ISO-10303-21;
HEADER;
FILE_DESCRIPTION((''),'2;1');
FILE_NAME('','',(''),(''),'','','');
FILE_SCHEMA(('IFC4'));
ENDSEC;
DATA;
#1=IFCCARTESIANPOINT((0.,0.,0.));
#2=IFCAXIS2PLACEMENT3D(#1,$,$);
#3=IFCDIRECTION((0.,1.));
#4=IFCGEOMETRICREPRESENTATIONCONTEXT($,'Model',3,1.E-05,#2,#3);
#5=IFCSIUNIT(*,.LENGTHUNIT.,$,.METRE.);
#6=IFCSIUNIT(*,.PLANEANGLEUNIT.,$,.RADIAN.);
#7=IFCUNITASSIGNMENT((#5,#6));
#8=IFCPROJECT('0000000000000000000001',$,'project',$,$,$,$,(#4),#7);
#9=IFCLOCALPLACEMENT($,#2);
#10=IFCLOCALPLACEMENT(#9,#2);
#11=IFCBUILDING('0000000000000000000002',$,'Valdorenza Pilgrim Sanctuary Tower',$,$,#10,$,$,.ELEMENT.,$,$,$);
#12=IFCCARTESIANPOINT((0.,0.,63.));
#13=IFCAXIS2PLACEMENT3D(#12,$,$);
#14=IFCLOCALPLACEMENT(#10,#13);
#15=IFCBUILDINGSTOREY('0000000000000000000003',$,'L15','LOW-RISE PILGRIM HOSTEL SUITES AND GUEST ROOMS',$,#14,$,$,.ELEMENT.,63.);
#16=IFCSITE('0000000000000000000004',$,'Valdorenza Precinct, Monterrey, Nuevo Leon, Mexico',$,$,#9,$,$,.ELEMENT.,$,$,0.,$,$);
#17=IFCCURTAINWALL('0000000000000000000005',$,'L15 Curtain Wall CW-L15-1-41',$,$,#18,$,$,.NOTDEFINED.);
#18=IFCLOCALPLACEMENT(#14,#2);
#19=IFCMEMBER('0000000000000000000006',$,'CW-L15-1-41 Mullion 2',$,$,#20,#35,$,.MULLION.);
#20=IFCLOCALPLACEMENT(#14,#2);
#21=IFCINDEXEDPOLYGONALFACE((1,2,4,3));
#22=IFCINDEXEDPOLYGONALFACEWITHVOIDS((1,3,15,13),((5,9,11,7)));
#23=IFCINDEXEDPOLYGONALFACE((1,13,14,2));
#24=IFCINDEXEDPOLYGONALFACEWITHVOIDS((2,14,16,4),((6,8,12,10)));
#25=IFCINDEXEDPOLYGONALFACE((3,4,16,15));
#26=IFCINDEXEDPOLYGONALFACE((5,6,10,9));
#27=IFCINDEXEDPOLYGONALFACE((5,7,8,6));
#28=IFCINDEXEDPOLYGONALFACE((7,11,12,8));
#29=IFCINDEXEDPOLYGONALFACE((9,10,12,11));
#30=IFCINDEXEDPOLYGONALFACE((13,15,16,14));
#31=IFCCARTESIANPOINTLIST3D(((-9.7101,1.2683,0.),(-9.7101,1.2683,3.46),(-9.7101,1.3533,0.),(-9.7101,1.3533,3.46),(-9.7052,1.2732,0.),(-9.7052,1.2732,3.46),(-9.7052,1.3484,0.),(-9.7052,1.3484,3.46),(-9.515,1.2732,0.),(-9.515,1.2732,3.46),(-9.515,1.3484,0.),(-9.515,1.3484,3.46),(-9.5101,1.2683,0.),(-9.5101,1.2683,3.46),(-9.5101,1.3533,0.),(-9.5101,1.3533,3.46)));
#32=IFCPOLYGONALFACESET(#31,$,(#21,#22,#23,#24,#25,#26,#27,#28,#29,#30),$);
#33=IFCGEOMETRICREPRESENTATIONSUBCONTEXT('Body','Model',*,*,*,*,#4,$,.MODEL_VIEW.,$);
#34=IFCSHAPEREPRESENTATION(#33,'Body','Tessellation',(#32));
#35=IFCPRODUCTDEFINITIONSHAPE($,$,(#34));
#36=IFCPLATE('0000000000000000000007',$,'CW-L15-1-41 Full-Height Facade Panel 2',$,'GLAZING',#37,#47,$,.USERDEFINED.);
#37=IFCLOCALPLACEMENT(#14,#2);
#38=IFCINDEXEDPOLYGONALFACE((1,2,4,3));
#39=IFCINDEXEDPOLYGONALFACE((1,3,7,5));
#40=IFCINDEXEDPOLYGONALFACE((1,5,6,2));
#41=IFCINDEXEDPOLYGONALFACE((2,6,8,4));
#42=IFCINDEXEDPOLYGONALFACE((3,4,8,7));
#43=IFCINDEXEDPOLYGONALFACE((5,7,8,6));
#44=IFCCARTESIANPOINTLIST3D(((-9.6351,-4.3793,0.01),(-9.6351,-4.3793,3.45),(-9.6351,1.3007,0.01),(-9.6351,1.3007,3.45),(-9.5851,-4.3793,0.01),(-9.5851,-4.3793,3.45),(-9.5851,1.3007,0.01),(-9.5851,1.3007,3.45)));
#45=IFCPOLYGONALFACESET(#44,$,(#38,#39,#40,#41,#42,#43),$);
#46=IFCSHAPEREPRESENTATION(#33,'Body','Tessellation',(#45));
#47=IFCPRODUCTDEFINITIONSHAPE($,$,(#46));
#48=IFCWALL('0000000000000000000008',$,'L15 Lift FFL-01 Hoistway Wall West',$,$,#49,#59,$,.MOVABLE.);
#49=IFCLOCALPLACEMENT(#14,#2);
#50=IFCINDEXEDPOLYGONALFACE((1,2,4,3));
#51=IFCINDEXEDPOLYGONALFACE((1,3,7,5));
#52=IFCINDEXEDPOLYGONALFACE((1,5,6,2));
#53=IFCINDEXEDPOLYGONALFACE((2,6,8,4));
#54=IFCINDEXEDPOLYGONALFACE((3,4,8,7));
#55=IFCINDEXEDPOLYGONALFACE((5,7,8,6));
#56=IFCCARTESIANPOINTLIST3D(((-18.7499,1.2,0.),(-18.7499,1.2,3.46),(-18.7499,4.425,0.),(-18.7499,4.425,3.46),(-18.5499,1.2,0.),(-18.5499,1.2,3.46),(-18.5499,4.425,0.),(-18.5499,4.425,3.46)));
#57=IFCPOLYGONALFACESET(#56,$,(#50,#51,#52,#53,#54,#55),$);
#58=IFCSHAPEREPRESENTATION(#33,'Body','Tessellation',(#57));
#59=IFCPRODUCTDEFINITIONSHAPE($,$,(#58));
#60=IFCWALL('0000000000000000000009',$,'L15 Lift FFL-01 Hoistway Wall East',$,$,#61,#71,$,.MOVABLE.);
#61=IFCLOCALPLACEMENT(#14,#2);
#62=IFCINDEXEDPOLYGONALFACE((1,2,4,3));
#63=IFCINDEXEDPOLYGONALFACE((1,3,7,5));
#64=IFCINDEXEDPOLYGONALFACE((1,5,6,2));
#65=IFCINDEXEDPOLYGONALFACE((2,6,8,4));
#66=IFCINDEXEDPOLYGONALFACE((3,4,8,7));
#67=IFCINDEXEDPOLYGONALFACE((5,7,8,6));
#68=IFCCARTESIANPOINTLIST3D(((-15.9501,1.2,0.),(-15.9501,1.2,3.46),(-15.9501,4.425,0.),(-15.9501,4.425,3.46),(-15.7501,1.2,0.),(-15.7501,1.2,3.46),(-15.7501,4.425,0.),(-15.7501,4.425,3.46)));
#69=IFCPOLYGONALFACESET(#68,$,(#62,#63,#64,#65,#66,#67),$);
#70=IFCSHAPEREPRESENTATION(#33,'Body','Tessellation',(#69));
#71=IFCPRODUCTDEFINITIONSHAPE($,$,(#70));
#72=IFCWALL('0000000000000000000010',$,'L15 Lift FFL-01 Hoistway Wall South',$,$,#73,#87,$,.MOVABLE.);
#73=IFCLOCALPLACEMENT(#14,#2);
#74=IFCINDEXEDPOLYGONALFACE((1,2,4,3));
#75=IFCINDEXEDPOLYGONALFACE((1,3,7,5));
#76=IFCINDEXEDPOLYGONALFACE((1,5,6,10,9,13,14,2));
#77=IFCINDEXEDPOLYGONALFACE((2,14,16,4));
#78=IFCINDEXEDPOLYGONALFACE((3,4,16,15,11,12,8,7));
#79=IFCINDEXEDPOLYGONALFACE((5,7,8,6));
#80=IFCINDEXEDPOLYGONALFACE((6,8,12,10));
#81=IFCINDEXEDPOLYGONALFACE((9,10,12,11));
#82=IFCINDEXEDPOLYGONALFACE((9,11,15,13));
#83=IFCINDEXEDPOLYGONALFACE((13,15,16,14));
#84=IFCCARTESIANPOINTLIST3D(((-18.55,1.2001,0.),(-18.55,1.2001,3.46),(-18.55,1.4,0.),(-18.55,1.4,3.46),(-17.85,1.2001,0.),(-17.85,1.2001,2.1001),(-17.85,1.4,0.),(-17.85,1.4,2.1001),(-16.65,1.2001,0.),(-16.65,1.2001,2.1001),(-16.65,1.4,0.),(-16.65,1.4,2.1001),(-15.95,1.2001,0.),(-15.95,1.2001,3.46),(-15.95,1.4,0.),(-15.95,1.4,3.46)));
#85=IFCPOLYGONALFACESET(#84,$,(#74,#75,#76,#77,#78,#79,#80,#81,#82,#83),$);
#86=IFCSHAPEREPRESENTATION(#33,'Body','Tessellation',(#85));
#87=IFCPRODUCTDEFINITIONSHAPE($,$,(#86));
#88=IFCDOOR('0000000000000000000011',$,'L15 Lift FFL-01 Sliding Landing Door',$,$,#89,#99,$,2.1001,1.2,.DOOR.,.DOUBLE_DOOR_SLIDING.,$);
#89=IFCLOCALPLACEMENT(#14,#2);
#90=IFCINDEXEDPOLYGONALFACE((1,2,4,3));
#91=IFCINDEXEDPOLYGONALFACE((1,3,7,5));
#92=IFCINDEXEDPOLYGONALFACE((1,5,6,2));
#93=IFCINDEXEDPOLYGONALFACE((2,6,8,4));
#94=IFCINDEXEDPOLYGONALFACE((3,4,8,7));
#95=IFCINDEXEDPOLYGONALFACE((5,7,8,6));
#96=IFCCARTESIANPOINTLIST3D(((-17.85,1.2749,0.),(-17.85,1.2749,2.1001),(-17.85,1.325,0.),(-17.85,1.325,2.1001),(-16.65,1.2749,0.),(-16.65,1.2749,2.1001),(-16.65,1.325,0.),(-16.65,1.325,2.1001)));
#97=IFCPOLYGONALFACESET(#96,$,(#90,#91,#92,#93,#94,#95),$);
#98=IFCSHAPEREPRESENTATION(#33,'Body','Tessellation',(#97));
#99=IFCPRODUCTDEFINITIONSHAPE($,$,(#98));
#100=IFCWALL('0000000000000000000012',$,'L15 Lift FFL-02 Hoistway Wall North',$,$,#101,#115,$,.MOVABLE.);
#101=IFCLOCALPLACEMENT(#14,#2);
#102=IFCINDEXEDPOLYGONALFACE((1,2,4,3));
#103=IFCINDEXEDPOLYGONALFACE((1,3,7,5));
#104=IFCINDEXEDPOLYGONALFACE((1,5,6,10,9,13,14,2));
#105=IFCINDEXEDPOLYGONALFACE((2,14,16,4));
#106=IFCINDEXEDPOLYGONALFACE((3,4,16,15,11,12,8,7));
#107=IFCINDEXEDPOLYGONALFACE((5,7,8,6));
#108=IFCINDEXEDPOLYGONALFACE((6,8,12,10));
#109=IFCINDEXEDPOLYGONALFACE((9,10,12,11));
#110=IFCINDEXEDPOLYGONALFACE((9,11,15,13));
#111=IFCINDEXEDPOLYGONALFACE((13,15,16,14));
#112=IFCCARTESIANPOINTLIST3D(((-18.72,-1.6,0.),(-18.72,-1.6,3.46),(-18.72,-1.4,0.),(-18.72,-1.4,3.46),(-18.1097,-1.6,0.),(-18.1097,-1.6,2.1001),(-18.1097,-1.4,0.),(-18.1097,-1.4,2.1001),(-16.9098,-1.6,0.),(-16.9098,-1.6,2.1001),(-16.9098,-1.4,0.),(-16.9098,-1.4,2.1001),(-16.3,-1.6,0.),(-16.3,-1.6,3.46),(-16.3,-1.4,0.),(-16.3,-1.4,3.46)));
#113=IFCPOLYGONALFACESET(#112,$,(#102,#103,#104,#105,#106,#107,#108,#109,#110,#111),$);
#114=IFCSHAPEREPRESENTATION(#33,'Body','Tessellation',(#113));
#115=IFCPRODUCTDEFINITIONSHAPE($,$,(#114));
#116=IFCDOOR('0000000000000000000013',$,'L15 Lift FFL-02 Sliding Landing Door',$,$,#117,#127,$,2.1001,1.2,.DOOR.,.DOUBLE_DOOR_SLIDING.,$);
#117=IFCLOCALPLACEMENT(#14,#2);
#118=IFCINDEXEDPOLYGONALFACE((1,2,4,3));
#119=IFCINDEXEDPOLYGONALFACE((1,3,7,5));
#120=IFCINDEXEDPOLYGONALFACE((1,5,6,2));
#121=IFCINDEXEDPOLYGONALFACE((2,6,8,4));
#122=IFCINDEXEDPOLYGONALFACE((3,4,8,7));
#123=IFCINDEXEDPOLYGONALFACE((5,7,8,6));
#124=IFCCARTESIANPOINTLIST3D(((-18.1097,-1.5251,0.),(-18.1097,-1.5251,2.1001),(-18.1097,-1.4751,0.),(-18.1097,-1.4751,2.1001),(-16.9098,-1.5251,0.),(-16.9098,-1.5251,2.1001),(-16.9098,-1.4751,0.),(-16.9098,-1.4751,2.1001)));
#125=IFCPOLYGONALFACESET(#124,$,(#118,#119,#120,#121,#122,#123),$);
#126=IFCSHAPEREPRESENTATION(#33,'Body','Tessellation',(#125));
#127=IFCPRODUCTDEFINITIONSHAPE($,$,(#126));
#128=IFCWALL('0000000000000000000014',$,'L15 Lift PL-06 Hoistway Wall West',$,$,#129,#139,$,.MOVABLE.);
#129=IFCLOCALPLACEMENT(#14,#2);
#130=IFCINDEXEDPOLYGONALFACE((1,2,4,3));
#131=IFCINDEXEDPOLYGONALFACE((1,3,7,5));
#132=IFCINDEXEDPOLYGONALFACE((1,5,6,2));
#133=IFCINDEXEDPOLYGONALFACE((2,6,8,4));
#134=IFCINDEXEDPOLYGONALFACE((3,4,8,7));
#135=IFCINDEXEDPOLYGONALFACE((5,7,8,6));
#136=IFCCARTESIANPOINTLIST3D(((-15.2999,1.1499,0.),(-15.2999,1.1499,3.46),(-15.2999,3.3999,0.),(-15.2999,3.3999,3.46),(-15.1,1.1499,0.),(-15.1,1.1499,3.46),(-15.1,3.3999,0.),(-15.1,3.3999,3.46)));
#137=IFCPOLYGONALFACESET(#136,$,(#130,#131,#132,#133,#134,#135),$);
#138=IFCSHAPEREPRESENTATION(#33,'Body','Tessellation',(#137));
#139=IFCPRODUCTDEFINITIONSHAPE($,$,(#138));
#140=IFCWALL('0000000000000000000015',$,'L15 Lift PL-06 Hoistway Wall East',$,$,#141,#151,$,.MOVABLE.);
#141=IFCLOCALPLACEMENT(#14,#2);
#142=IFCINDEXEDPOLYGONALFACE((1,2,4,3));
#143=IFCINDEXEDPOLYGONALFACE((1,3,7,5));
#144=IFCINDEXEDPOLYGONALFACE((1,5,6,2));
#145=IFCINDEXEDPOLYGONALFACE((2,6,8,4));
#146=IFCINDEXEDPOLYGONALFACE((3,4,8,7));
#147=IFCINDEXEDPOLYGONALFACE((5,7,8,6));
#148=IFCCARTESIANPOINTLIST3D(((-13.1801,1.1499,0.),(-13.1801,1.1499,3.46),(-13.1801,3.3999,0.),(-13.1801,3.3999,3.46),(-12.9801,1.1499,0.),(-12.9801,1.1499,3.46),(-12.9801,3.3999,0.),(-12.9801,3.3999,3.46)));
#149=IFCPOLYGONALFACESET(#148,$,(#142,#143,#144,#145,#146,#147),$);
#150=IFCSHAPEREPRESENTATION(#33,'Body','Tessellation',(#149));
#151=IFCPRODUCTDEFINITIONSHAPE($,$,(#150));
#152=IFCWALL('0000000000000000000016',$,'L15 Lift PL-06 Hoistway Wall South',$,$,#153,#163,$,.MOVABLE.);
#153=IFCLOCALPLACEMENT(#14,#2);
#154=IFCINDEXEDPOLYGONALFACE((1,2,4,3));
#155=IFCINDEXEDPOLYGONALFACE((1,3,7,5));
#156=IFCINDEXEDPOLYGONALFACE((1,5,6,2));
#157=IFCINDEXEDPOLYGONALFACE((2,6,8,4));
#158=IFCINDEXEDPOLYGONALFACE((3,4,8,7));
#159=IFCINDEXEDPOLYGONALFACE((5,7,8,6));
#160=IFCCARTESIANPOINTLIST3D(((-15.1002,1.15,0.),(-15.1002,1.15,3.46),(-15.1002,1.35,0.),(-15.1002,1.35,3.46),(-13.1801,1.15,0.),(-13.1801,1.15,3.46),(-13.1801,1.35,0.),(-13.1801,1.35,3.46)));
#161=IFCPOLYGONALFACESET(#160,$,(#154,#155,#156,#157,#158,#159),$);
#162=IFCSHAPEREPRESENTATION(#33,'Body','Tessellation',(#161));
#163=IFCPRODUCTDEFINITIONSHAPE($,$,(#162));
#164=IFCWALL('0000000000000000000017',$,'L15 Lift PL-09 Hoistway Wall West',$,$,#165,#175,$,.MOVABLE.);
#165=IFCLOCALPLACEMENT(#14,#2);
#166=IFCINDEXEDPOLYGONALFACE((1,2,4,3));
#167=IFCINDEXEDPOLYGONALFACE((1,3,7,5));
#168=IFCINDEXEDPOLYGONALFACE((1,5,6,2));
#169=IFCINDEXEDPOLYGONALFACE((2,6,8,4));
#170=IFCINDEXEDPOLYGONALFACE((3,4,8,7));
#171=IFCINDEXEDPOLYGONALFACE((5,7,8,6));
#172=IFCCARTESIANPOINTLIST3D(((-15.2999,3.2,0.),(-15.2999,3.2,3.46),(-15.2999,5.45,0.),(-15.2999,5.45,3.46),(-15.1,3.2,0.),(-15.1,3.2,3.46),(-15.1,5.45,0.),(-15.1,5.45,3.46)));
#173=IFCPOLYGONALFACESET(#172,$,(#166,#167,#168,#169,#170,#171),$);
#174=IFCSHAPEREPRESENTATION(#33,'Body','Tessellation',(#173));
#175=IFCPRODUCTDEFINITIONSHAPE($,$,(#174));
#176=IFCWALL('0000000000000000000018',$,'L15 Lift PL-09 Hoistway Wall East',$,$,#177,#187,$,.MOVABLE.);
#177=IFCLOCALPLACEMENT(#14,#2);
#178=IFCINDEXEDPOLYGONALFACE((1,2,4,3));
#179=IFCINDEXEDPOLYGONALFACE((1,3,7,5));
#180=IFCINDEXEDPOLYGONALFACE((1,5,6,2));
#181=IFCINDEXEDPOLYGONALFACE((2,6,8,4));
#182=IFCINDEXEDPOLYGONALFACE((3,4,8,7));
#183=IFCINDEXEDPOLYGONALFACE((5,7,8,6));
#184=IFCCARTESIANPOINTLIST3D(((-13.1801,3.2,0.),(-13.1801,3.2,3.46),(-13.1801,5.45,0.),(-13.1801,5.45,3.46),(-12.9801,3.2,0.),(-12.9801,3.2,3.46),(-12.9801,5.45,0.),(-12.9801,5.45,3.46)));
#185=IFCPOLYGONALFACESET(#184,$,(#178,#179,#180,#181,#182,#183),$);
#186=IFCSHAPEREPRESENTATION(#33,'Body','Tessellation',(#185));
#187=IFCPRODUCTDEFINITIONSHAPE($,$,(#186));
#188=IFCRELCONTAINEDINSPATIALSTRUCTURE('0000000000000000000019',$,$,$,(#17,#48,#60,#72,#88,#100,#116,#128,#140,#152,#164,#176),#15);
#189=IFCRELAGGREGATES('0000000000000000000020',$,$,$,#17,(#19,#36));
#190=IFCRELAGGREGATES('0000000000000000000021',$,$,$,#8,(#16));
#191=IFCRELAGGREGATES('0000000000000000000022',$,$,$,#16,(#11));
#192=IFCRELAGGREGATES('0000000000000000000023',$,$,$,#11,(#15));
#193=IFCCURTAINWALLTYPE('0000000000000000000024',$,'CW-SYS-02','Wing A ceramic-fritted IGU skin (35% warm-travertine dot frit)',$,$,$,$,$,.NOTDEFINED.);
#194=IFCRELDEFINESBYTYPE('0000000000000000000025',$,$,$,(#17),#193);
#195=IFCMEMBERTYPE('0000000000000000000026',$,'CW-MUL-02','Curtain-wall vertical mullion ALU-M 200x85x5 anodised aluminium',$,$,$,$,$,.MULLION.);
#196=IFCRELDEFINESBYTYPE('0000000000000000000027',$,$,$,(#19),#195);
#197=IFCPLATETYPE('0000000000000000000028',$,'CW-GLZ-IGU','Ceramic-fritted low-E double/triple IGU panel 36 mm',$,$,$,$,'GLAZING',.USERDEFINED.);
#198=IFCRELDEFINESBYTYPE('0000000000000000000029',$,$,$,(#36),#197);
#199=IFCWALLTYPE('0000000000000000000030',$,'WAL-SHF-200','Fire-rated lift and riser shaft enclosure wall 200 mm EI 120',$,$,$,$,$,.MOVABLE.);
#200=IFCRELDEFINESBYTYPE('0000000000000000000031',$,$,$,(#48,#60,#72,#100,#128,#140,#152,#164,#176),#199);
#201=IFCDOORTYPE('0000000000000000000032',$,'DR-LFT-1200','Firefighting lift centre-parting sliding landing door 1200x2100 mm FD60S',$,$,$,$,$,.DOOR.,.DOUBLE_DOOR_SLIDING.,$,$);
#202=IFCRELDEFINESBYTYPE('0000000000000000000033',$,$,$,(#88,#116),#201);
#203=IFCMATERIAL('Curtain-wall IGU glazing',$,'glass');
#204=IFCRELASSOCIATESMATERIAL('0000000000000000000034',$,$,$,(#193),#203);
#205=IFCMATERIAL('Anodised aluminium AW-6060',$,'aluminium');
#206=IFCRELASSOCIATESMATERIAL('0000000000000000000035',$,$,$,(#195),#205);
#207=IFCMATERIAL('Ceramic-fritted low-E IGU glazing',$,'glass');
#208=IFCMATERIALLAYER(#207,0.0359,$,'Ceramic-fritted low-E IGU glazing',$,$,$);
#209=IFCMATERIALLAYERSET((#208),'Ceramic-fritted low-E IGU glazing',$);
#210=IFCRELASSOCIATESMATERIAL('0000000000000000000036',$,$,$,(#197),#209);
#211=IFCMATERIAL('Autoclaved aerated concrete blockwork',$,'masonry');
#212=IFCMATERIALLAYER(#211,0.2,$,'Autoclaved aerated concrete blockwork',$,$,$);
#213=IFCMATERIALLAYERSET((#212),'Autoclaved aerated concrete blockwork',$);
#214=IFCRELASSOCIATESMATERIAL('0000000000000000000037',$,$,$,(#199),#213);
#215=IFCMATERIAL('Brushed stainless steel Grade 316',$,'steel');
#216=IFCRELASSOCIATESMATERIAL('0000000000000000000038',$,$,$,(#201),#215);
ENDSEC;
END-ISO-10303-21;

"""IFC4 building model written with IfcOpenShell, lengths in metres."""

from ifc_helpers import new_model, si_unit, direction, frame, frame_2d, origin, origin_2d, place, context, subcontext, project, spatial, rectangle, hollow_rectangle, extrude, source, transform, mapped, material, layer, layer_set, material_profile, profile_set, type_object, element, fill, aggregate, save


model = new_model("IFC4")

# Units and contexts
model_context = context("Model", 3, precision=1e-05, world=origin(), true_north=direction((0.0, 1.0)))
body_context = subcontext(model_context, "Body", "Model", "MODEL_VIEW")
ifc_project = project(units=[si_unit("LENGTHUNIT", "METRE"), si_unit("PLANEANGLEUNIT", "RADIAN")], contexts=[model_context])

# Site, building, storey
site_placement = place(None, origin())
site = spatial("IfcSite", under=ifc_project, at=site_placement, Name="Valdorenza Precinct, Monterrey, Nuevo Leon, Mexico", CompositionType="ELEMENT", RefElevation=0.0)
building_placement = place(site_placement, origin())
building = spatial("IfcBuilding", under=site, at=building_placement, Name="Valdorenza Pilgrim Sanctuary Tower", CompositionType="ELEMENT")
storey_placement = place(building_placement, frame((0.0, 0.0, 63.0)))
storey = spatial("IfcBuildingStorey", under=building, at=storey_placement, Name="L15", Description="LOW-RISE PILGRIM HOSTEL SUITES AND GUEST ROOMS", CompositionType="ELEMENT", Elevation=63.0)

# Curtain wall, member, plate
ifc_material_1 = material(Name="Curtain-wall IGU glazing", Category="glass")
curtain_wall_type = type_object("IfcCurtainWallType", Name="CW-SYS-02", Description="Wing A ceramic-fritted IGU skin (35% warm-travertine dot frit)", PredefinedType="NOTDEFINED", material=ifc_material_1)
curtain_wall_placement = place(storey_placement, origin())
curtain_wall = element("IfcCurtainWall", 1, at=curtain_wall_placement, inside=storey, type_object=curtain_wall_type, Name="L15 Curtain Wall CW-L15-1-41", PredefinedType="NOTDEFINED")
ifc_material_2 = material(Name="Anodised aluminium AW-6060", Category="aluminium")
ifc_material_profile = material_profile(ifc_material_2, hollow_rectangle(XDim=0.085, YDim=0.2, WallThickness=0.0049, at=origin_2d()), Name="ALU-M 200x85x5")
ifc_profile_set = profile_set([ifc_material_profile], Name="Anodised aluminium AW-6060")
member_type = type_object("IfcMemberType", Name="CW-MUL-02", Description="Curtain-wall vertical mullion ALU-M 200x85x5 anodised aluminium", PredefinedType="MULLION", material=ifc_profile_set)
shared_shape_1 = source(origin(), body_context, "Body", "SweptSolid", [
    extrude(hollow_rectangle(XDim=0.085, YDim=0.2, WallThickness=0.0049, at=origin_2d()), origin(), (0.0, 0.0, 1.0), 3.46),
])
member_placement = place(storey_placement, frame((-9.6101, 1.3108, 0.0), z_axis=(0.0, 0.0, 1.0), x_axis=(0.0, -1.0, 0.0)))
member = element("IfcMember", 2, at=member_placement, type_object=member_type, Name="CW-L15-1-41 Mullion 2", PredefinedType="MULLION", context=body_context, shape_type="MappedRepresentation", body=[
    mapped(shared_shape_1, transform((0.0, 0.0, 0.0), x_axis=(1.0, 0.0, 0.0), y_axis=(0.0, 1.0, 0.0), z_axis=(0.0, 0.0, 1.0), scale=1.0)),
])
ifc_material_3 = material(Name="Ceramic-fritted low-E IGU glazing", Category="glass")
ifc_layer_1 = layer(ifc_material_3, 0.0359, Name="Ceramic-fritted low-E IGU glazing")
ifc_layer_set_1 = layer_set([ifc_layer_1], Name="Ceramic-fritted low-E IGU glazing")
plate_type = type_object("IfcPlateType", Name="CW-GLZ-IGU", Description="Ceramic-fritted low-E double/triple IGU panel 36 mm", ElementType="GLAZING", PredefinedType="USERDEFINED", material=ifc_layer_set_1)
shared_shape_2 = source(origin(), body_context, "Body", "SweptSolid", [
    extrude(rectangle(XDim=5.6799, YDim=0.05, at=origin_2d()), origin(), (0.0, 0.0, 1.0), 3.4399),
])
plate_placement = place(storey_placement, frame((-9.6101, -1.5393, 0.01), z_axis=(0.0, 0.0, 1.0), x_axis=(0.0, -1.0, 0.0)))
plate = element("IfcPlate", 3, at=plate_placement, type_object=plate_type, Name="CW-L15-1-41 Full-Height Facade Panel 2", ObjectType="GLAZING", PredefinedType="USERDEFINED", context=body_context, shape_type="MappedRepresentation", body=[
    mapped(shared_shape_2, transform((0.0, 0.0, 0.0), x_axis=(1.0, 0.0, 0.0), y_axis=(0.0, 1.0, 0.0), z_axis=(0.0, 0.0, 1.0), scale=1.0)),
])
aggregate(curtain_wall, [member, plate])

# Walls
ifc_material_4 = material(Name="Autoclaved aerated concrete blockwork", Category="masonry")
ifc_layer_2 = layer(ifc_material_4, 0.2, Name="Autoclaved aerated concrete blockwork")
ifc_layer_set_2 = layer_set([ifc_layer_2], Name="Autoclaved aerated concrete blockwork")
wall_type_1 = type_object("IfcWallType", Name="WAL-SHF-200", Description="Fire-rated lift and riser shaft enclosure wall 200 mm EI 120", PredefinedType="MOVABLE", material=ifc_layer_set_2)
for number, where, z_axis, x_axis, name in (
    (4, (-18.6499, 1.2, 0.0), (0.0, 0.0, 1.0), (0.0, 1.0, 0.0), "L15 Lift FFL-01 Hoistway Wall West"),
    (5, (-15.8501, 1.2, 0.0), (0.0, 0.0, 1.0), (0.0, 1.0, 0.0), "L15 Lift FFL-01 Hoistway Wall East"),
):
    element("IfcWall", number, at=place(storey_placement, frame(where, z_axis=z_axis, x_axis=x_axis)), inside=storey, type_object=wall_type_1, Name=name, PredefinedType="MOVABLE", context=body_context, shape_type="SweptSolid", body=[
        extrude(rectangle(XDim=3.2251, YDim=0.2, at=frame_2d((1.6125, 0.0))), origin(), (0.0, 0.0, 1.0), 3.46),
    ])

# Walls, openings, doors
wall_1_placement = place(storey_placement, frame((-18.55, 1.3, 0.0), z_axis=(0.0, 0.0, 1.0), x_axis=(1.0, 0.0, 0.0)))
wall_1 = element("IfcWall", 6, at=wall_1_placement, inside=storey, type_object=wall_type_1, Name="L15 Lift FFL-01 Hoistway Wall South", PredefinedType="MOVABLE", context=body_context, shape_type="SweptSolid", body=[
    extrude(rectangle(XDim=2.6001, YDim=0.2, at=frame_2d((1.3, 0.0))), origin(), (0.0, 0.0, 1.0), 3.46),
])
opening_1_placement = place(wall_1_placement, frame((0.7, 0.0, 0.0)))
opening_1 = element("IfcOpeningElement", 7, at=opening_1_placement, cuts=wall_1, PredefinedType="OPENING", context=body_context, shape_type="SweptSolid", body=[
    extrude(rectangle(XDim=1.2, YDim=2.1001, at=frame_2d((0.6001, 1.05))), frame((0.0, 0.1147, 0.0), z_axis=(0.0, -1.0, 0.0), x_axis=(1.0, 0.0, 0.0)), (0.0, 0.0, 1.0), 0.2297),
])
ifc_material_5 = material(Name="Brushed stainless steel Grade 316", Category="steel")
door_type_1 = type_object("IfcDoorType", Name="DR-LFT-1200", Description="Firefighting lift centre-parting sliding landing door 1200x2100 mm FD60S", OperationType="DOUBLE_DOOR_SLIDING", PredefinedType="DOOR", material=ifc_material_5)
door_1_placement = place(opening_1_placement, origin())
door_1 = element("IfcDoor", 8, at=door_1_placement, inside=storey, type_object=door_type_1, Name="L15 Lift FFL-01 Sliding Landing Door", OperationType="DOUBLE_DOOR_SLIDING", OverallHeight=2.1001, OverallWidth=1.2, PredefinedType="DOOR", context=body_context, shape_type="SweptSolid", body=[
    extrude(rectangle(XDim=1.2, YDim=2.1001, at=frame_2d((0.6001, 1.05))), frame((0.0, 0.0249, 0.0), z_axis=(0.0, -1.0, 0.0), x_axis=(1.0, 0.0, 0.0)), (0.0, 0.0, 1.0), 0.05),
])
fill(opening_1, door_1)
wall_2_placement = place(storey_placement, frame((-18.72, -1.5, 0.0), z_axis=(0.0, 0.0, 1.0), x_axis=(1.0, 0.0, 0.0)))
wall_2 = element("IfcWall", 9, at=wall_2_placement, inside=storey, type_object=wall_type_1, Name="L15 Lift FFL-02 Hoistway Wall North", PredefinedType="MOVABLE", context=body_context, shape_type="SweptSolid", body=[
    extrude(rectangle(XDim=2.4199, YDim=0.2, at=frame_2d((1.21, 0.0))), origin(), (0.0, 0.0, 1.0), 3.46),
])
opening_2_placement = place(wall_2_placement, frame((0.6101, 0.0, 0.0)))
opening_2 = element("IfcOpeningElement", 10, at=opening_2_placement, cuts=wall_2, PredefinedType="OPENING", context=body_context, shape_type="SweptSolid", body=[
    extrude(rectangle(XDim=1.2, YDim=2.1001, at=frame_2d((0.6001, 1.05))), frame((0.0, 0.1147, 0.0), z_axis=(0.0, -1.0, 0.0), x_axis=(1.0, 0.0, 0.0)), (0.0, 0.0, 1.0), 0.2297),
])
door_2_placement = place(opening_2_placement, origin())
door_2 = element("IfcDoor", 11, at=door_2_placement, inside=storey, type_object=door_type_1, Name="L15 Lift FFL-02 Sliding Landing Door", OperationType="DOUBLE_DOOR_SLIDING", OverallHeight=2.1001, OverallWidth=1.2, PredefinedType="DOOR", context=body_context, shape_type="SweptSolid", body=[
    extrude(rectangle(XDim=1.2, YDim=2.1001, at=frame_2d((0.6001, 1.05))), frame((0.0, 0.0249, 0.0), z_axis=(0.0, -1.0, 0.0), x_axis=(1.0, 0.0, 0.0)), (0.0, 0.0, 1.0), 0.05),
])
fill(opening_2, door_2)

# Walls
for number, where, z_axis, x_axis, name in (
    (12, (-15.2, 1.1499, 0.0), (0.0, 0.0, 1.0), (0.0, 1.0, 0.0), "L15 Lift PL-06 Hoistway Wall West"),
    (13, (-13.0801, 1.1499, 0.0), (0.0, 0.0, 1.0), (0.0, 1.0, 0.0), "L15 Lift PL-06 Hoistway Wall East"),
):
    element("IfcWall", number, at=place(storey_placement, frame(where, z_axis=z_axis, x_axis=x_axis)), inside=storey, type_object=wall_type_1, Name=name, PredefinedType="MOVABLE", context=body_context, shape_type="SweptSolid", body=[
        extrude(rectangle(XDim=2.25, YDim=0.2, at=frame_2d((1.125, 0.0))), origin(), (0.0, 0.0, 1.0), 3.46),
    ])
wall_3_placement = place(storey_placement, frame((-15.1001, 1.25, 0.0), z_axis=(0.0, 0.0, 1.0), x_axis=(1.0, 0.0, 0.0)))
element("IfcWall", 14, at=wall_3_placement, inside=storey, type_object=wall_type_1, Name="L15 Lift PL-06 Hoistway Wall South", PredefinedType="MOVABLE", context=body_context, shape_type="SweptSolid", body=[
    extrude(rectangle(XDim=1.9202, YDim=0.2, at=frame_2d((0.96, 0.0))), origin(), (0.0, 0.0, 1.0), 3.46),
])
for number, where, z_axis, x_axis, name in (
    (15, (-15.2, 3.2, 0.0), (0.0, 0.0, 1.0), (0.0, 1.0, 0.0), "L15 Lift PL-09 Hoistway Wall West"),
    (16, (-13.0801, 3.2, 0.0), (0.0, 0.0, 1.0), (0.0, 1.0, 0.0), "L15 Lift PL-09 Hoistway Wall East"),
):
    element("IfcWall", number, at=place(storey_placement, frame(where, z_axis=z_axis, x_axis=x_axis)), inside=storey, type_object=wall_type_1, Name=name, PredefinedType="MOVABLE", context=body_context, shape_type="SweptSolid", body=[
        extrude(rectangle(XDim=2.25, YDim=0.2, at=frame_2d((1.125, 0.0))), origin(), (0.0, 0.0, 1.0), 3.46),
    ])

save(model, "model.ifc")
